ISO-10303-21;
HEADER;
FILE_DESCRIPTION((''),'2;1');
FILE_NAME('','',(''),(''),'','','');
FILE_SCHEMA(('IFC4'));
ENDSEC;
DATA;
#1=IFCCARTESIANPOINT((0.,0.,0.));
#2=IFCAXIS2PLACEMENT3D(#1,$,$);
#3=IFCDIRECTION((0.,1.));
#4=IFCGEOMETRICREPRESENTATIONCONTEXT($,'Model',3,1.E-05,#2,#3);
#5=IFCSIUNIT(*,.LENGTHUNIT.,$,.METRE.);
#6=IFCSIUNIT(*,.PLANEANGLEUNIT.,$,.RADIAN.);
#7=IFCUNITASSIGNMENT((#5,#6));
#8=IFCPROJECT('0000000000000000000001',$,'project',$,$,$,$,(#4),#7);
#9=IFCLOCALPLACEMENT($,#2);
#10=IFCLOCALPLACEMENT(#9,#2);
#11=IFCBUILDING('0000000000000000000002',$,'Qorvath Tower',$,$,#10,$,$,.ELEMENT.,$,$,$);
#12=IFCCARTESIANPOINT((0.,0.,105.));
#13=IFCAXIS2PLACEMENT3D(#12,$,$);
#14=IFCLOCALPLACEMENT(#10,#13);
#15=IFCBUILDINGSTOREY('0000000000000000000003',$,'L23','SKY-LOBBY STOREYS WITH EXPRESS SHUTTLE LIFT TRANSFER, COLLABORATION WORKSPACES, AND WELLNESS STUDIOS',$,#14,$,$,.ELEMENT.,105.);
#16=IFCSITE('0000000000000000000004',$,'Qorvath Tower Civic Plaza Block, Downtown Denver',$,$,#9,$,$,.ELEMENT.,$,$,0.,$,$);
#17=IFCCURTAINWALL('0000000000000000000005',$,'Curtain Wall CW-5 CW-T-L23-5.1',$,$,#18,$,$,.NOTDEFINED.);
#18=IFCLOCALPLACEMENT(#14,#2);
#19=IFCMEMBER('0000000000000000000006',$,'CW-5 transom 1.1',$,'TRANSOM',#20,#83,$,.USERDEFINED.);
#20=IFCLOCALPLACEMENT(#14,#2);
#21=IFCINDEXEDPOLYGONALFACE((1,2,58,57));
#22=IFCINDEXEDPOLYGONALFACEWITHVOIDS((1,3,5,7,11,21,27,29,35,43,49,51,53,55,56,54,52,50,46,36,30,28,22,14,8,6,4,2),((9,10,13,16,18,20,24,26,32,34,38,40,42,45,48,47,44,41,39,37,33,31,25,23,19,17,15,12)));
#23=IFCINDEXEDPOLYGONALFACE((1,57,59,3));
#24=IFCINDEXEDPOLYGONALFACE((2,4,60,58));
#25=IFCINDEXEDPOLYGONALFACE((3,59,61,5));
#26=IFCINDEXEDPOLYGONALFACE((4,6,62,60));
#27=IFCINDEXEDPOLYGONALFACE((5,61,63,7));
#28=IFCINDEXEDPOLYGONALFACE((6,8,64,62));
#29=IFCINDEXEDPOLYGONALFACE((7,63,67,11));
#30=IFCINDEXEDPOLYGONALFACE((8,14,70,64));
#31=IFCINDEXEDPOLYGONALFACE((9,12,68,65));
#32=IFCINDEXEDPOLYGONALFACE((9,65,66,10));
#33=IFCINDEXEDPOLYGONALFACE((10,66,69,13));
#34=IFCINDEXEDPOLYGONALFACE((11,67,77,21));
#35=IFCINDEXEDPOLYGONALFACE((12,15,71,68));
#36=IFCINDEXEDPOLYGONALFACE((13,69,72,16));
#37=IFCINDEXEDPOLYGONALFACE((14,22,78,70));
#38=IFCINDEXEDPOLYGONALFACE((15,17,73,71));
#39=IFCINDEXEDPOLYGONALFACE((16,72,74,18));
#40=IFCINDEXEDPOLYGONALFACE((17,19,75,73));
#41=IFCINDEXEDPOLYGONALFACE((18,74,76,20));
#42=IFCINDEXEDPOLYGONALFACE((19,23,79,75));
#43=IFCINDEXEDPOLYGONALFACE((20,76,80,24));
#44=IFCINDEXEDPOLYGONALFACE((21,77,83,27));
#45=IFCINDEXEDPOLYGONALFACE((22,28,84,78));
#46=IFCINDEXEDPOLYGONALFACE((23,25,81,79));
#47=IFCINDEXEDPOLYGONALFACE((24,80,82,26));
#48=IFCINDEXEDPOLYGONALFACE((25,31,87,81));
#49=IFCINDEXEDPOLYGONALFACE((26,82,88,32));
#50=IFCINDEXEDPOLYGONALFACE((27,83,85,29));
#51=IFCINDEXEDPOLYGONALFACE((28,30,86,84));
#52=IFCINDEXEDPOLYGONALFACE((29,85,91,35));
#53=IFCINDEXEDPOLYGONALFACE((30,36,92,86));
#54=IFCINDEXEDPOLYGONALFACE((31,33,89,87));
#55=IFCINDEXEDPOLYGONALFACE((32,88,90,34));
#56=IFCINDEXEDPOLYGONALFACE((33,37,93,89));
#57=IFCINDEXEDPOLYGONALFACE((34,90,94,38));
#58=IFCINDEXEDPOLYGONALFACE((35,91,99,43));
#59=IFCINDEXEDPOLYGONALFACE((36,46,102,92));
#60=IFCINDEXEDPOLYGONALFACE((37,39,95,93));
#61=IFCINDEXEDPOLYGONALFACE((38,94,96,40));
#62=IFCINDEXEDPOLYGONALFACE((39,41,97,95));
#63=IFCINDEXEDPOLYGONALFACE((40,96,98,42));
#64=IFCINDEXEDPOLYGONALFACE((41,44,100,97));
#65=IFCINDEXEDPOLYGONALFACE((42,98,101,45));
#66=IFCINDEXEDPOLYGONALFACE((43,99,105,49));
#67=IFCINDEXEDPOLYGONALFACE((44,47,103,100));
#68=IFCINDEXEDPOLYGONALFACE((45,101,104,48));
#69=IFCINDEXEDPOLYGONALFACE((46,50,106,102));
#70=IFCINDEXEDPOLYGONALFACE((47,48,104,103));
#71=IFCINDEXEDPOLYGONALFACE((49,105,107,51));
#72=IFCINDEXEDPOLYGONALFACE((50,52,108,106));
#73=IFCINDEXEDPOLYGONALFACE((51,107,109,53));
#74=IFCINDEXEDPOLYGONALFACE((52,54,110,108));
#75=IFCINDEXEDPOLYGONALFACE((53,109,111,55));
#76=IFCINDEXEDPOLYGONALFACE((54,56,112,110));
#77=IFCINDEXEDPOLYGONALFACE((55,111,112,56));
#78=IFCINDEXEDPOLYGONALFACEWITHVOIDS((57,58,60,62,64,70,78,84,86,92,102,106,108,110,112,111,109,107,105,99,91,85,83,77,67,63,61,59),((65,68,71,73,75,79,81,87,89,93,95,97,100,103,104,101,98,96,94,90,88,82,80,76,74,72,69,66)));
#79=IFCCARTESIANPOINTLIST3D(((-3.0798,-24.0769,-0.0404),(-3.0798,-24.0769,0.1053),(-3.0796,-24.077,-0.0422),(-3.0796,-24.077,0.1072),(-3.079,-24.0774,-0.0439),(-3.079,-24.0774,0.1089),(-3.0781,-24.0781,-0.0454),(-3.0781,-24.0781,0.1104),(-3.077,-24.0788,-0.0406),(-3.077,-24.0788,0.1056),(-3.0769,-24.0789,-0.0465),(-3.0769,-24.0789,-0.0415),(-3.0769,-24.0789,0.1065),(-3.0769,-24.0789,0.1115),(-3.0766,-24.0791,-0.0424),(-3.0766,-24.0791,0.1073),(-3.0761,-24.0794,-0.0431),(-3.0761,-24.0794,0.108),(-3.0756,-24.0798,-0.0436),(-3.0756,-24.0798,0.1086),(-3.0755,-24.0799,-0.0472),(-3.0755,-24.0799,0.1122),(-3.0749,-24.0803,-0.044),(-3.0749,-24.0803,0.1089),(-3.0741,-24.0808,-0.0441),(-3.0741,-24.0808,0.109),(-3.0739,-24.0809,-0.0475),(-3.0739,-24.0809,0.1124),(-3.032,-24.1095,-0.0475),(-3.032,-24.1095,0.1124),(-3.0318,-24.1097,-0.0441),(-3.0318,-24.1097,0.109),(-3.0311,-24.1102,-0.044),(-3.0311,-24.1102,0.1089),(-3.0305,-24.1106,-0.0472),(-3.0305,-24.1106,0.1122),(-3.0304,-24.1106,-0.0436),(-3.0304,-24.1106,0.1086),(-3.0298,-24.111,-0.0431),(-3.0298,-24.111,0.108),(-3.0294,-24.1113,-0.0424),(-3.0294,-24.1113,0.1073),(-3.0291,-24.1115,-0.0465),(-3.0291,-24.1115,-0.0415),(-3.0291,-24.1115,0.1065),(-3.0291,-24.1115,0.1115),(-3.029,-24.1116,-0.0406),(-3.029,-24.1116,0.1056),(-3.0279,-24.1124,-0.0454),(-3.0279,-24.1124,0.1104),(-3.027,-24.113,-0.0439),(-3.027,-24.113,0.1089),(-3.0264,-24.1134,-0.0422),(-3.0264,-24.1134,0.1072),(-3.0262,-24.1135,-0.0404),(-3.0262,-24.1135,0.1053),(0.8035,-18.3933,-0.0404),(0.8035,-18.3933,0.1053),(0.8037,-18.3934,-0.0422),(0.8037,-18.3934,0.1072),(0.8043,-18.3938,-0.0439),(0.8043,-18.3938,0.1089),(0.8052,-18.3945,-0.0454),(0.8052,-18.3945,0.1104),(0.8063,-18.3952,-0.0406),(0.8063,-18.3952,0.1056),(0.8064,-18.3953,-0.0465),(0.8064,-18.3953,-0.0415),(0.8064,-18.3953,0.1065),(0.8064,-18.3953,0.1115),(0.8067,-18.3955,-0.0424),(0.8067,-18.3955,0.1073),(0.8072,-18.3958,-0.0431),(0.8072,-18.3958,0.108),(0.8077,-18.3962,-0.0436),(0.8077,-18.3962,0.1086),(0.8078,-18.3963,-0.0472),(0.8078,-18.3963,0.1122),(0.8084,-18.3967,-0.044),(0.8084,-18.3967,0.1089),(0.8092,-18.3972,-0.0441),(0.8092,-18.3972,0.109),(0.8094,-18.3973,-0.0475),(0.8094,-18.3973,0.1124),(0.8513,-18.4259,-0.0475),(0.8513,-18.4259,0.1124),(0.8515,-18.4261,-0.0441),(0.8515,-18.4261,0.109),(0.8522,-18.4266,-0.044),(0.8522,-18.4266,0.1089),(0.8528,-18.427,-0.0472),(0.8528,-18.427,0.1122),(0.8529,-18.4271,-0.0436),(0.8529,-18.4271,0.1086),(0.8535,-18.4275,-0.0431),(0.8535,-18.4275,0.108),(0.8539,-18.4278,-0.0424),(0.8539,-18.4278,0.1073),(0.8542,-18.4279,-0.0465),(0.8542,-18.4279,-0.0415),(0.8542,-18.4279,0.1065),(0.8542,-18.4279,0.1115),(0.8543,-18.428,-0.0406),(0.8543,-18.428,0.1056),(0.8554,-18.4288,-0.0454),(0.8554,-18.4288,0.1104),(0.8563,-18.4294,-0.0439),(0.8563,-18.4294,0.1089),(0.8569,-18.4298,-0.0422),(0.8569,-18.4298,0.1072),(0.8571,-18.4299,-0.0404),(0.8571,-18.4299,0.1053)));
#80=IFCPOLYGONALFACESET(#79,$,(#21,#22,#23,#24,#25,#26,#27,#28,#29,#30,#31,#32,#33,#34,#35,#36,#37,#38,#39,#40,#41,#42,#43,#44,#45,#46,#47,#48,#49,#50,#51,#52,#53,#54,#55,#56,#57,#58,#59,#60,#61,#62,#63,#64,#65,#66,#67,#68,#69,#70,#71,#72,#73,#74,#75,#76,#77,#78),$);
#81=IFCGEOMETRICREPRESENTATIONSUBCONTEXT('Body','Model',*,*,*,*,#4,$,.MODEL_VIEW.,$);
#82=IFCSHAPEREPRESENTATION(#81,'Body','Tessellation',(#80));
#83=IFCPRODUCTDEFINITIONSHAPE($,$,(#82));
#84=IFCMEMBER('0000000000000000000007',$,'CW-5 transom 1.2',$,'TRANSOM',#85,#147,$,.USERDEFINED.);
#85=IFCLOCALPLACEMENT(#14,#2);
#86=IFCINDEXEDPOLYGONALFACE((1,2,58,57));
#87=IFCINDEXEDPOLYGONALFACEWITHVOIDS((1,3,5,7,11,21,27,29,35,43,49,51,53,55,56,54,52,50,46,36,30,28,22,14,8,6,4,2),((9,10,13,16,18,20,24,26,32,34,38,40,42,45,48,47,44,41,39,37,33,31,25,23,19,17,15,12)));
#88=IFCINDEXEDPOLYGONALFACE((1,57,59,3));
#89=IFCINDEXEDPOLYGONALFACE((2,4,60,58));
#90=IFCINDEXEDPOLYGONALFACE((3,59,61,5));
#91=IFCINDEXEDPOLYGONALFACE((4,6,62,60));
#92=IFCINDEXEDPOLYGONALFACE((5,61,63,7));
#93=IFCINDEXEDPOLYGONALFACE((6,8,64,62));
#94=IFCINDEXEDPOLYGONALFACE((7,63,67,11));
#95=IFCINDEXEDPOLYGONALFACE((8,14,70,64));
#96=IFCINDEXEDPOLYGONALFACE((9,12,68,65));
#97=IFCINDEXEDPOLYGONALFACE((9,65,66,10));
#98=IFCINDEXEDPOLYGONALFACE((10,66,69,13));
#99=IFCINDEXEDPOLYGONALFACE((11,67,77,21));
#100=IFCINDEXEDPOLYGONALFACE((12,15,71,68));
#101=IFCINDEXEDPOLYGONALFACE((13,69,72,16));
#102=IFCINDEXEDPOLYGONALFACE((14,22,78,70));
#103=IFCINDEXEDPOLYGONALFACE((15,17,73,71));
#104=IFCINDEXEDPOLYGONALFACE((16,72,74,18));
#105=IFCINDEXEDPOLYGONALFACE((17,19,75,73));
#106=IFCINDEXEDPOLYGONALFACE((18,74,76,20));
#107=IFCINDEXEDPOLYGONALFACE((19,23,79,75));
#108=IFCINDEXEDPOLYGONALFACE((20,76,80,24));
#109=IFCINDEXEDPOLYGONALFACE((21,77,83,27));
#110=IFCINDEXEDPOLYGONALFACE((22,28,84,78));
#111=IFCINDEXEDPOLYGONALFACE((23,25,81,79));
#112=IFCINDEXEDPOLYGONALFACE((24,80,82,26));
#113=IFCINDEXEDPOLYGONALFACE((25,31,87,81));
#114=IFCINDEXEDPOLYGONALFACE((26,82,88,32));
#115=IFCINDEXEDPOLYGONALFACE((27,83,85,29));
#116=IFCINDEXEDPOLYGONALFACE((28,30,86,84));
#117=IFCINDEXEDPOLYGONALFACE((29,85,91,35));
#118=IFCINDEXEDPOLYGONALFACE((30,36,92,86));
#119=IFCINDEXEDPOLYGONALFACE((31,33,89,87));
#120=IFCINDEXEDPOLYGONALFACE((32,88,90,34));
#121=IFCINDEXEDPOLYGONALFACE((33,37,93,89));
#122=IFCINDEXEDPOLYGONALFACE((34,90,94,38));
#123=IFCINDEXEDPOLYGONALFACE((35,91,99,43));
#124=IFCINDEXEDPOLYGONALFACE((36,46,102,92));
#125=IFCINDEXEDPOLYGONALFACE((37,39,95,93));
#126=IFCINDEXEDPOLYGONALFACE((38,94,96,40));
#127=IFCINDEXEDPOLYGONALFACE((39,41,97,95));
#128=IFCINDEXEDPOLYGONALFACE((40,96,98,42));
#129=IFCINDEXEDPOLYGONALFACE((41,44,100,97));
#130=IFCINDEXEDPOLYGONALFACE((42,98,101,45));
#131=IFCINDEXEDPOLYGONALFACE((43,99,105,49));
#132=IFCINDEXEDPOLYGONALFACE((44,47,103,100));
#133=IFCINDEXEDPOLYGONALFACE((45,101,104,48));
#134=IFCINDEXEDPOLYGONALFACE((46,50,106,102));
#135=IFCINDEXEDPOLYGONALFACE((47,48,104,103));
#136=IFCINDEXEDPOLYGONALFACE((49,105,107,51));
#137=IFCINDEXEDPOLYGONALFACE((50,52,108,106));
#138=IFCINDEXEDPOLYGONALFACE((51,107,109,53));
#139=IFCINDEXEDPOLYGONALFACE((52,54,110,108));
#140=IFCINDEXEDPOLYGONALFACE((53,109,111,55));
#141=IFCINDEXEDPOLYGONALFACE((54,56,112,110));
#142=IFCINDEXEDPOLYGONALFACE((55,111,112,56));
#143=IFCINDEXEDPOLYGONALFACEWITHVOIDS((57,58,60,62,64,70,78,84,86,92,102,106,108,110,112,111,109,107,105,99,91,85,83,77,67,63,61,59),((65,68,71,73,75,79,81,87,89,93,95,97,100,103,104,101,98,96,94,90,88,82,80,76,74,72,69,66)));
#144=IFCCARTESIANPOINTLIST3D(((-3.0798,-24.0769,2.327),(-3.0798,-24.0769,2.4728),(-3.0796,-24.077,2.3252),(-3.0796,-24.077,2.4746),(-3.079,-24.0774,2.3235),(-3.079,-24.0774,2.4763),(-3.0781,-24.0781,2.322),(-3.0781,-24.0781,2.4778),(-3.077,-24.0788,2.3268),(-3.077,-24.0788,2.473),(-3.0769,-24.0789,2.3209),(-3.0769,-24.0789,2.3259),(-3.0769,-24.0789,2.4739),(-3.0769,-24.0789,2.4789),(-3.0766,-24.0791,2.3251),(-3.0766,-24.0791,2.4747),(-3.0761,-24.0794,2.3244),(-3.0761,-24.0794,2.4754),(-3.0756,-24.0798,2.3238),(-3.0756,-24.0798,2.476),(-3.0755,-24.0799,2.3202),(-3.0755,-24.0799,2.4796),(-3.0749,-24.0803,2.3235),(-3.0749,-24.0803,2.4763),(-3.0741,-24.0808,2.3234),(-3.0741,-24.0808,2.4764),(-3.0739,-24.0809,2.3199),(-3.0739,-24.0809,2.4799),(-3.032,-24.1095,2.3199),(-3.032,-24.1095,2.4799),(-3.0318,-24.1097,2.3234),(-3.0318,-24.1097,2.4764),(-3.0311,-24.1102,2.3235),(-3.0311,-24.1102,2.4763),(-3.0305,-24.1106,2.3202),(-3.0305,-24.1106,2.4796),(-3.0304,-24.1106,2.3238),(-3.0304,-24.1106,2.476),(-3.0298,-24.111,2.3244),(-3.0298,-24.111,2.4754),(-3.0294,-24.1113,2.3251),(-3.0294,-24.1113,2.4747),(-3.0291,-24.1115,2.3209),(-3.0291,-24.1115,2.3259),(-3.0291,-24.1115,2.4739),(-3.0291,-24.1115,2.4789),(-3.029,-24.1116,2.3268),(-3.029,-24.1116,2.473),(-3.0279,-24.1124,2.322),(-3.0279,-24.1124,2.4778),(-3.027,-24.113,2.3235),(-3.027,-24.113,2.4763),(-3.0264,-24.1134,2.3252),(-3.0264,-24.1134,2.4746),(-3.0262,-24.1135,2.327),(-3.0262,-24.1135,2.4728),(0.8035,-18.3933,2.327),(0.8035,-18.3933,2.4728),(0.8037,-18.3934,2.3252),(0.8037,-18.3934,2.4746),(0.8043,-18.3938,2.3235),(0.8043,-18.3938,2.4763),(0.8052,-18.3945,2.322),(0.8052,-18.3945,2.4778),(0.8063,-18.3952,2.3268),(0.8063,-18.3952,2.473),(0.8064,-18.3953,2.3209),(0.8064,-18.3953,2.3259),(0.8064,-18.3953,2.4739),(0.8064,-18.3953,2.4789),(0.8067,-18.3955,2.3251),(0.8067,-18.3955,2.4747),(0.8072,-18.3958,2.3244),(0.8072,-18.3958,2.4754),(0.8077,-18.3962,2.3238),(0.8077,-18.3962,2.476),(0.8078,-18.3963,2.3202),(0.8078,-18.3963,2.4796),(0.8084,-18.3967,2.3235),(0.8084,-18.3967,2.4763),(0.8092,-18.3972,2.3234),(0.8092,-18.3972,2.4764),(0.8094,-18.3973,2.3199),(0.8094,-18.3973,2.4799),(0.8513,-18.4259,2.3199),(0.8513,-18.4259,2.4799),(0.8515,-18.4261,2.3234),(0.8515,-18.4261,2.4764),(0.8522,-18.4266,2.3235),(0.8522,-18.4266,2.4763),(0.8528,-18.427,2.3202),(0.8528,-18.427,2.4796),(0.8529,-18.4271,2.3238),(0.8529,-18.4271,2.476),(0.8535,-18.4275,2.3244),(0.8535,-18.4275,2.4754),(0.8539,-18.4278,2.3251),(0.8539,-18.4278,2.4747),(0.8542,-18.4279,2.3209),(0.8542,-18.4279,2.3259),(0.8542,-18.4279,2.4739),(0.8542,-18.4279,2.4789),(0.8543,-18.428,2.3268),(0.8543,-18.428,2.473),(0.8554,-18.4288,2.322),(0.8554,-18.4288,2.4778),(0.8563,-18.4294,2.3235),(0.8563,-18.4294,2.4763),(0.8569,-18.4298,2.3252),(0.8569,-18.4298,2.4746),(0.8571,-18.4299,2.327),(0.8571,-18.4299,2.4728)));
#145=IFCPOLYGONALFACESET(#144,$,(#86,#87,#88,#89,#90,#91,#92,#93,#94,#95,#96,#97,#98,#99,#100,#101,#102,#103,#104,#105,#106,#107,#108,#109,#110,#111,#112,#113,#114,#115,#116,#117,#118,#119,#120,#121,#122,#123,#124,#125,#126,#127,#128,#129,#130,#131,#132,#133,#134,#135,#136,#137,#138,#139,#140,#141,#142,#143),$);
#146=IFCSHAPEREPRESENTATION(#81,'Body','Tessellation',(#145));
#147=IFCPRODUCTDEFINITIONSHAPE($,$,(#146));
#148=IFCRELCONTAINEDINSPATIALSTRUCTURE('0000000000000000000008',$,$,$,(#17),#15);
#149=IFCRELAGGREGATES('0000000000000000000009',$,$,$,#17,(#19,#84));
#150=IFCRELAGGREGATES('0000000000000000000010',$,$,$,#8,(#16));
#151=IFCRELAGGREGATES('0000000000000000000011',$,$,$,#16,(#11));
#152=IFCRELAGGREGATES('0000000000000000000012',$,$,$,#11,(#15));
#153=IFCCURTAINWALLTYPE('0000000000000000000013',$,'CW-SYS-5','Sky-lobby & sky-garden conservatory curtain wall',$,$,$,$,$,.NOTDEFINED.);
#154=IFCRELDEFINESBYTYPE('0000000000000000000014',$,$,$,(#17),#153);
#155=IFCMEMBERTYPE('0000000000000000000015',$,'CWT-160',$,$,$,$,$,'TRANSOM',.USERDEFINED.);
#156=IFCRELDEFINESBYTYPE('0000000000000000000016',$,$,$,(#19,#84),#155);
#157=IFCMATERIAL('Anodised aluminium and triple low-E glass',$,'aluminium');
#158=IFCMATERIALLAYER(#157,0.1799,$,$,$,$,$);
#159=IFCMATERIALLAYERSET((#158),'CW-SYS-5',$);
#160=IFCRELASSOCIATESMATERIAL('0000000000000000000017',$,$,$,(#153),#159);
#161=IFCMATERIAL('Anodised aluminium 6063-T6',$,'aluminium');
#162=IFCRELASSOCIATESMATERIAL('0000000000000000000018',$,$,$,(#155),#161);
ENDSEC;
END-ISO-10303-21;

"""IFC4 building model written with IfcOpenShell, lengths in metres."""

from ifc_helpers import new_model, si_unit, direction, frame, origin, origin_2d, place, context, subcontext, project, spatial, hollow_rectangle, extrude, material, layer, layer_set, material_profile, profile_set, type_object, element, aggregate, save


model = new_model("IFC4")

# Units and contexts
model_context = context("Model", 3, precision=1e-05, world=origin(), true_north=direction((0.0, 1.0)))
body_context = subcontext(model_context, "Body", "Model", "MODEL_VIEW")
ifc_project = project(units=[si_unit("LENGTHUNIT", "METRE"), si_unit("PLANEANGLEUNIT", "RADIAN")], contexts=[model_context])

# Site, building, storey
site_placement = place(None, origin())
site = spatial("IfcSite", under=ifc_project, at=site_placement, Name="Qorvath Tower Civic Plaza Block, Downtown Denver", CompositionType="ELEMENT", RefElevation=0.0)
building_placement = place(site_placement, origin())
building = spatial("IfcBuilding", under=site, at=building_placement, Name="Qorvath Tower", CompositionType="ELEMENT")
storey_placement = place(building_placement, frame((0.0, 0.0, 105.0)))
storey = spatial("IfcBuildingStorey", under=building, at=storey_placement, Name="L23", Description="SKY-LOBBY STOREYS WITH EXPRESS SHUTTLE LIFT TRANSFER, COLLABORATION WORKSPACES, AND WELLNESS STUDIOS", CompositionType="ELEMENT", Elevation=105.0)

# Shared definitions
ifc_material_1 = material(Name="Anodised aluminium and triple low-E glass", Category="aluminium")
ifc_layer_1 = layer(ifc_material_1, 0.1799)
ifc_layer_set_1 = layer_set([ifc_layer_1], Name="CW-SYS-5")
curtain_wall_type = type_object("IfcCurtainWallType", Name="CW-SYS-5", Description="Sky-lobby & sky-garden conservatory curtain wall", PredefinedType="NOTDEFINED", material=ifc_layer_set_1)

# Curtain wall
curtain_wall_1_placement = place(storey_placement, origin())
curtain_wall_1 = element("IfcCurtainWall", 1, at=curtain_wall_1_placement, inside=storey, type_object=curtain_wall_type, Name="Curtain Wall CW-5 CW-T-L23-5.1", PredefinedType="NOTDEFINED")

# Members
ifc_material_2 = material(Name="Anodised aluminium 6063-T6", Category="aluminium")
ifc_material_profile_1 = material_profile(ifc_material_2, hollow_rectangle(XDim=0.0649, YDim=0.1599, WallThickness=0.0034, InnerFilletRadius=0.0034, OuterFilletRadius=0.0071, at=origin_2d()), Name="CWT 160x65")
ifc_profile_set_1 = profile_set([ifc_material_profile_1], Name="Anodised aluminium 6063-T6")
member_type_1 = type_object("IfcMemberType", Name="CWT-160", ElementType="TRANSOM", PredefinedType="USERDEFINED", material=ifc_profile_set_1)
member_1_placement = place(storey_placement, frame((-3.053, -24.0952, 0.0325), z_axis=(0.564142, 0.825678, 0.0), x_axis=(-0.825678, 0.564142, 0.0)))
member_1 = element("IfcMember", 2, at=member_1_placement, type_object=member_type_1, Name="CW-5 transom 1.1", ObjectType="TRANSOM", PredefinedType="USERDEFINED", context=body_context, shape_type="SweptSolid", body=[
    extrude(hollow_rectangle(XDim=0.0649, YDim=0.1599, WallThickness=0.0034, InnerFilletRadius=0.0034, OuterFilletRadius=0.0071, at=origin_2d()), origin(), (0.0, 0.0, 1.0), 6.8835),
])
member_2_placement = place(storey_placement, frame((-3.053, -24.0952, 2.3999), z_axis=(0.564142, 0.825678, 0.0), x_axis=(-0.825678, 0.564142, 0.0)))
member_2 = element("IfcMember", 3, at=member_2_placement, type_object=member_type_1, Name="CW-5 transom 1.2", ObjectType="TRANSOM", PredefinedType="USERDEFINED", context=body_context, shape_type="SweptSolid", body=[
    extrude(hollow_rectangle(XDim=0.0649, YDim=0.1599, WallThickness=0.0034, InnerFilletRadius=0.0034, OuterFilletRadius=0.0071, at=origin_2d()), origin(), (0.0, 0.0, 1.0), 6.8835),
])

aggregate(curtain_wall_1, [member_1, member_2])

save(model, "model.ifc")
